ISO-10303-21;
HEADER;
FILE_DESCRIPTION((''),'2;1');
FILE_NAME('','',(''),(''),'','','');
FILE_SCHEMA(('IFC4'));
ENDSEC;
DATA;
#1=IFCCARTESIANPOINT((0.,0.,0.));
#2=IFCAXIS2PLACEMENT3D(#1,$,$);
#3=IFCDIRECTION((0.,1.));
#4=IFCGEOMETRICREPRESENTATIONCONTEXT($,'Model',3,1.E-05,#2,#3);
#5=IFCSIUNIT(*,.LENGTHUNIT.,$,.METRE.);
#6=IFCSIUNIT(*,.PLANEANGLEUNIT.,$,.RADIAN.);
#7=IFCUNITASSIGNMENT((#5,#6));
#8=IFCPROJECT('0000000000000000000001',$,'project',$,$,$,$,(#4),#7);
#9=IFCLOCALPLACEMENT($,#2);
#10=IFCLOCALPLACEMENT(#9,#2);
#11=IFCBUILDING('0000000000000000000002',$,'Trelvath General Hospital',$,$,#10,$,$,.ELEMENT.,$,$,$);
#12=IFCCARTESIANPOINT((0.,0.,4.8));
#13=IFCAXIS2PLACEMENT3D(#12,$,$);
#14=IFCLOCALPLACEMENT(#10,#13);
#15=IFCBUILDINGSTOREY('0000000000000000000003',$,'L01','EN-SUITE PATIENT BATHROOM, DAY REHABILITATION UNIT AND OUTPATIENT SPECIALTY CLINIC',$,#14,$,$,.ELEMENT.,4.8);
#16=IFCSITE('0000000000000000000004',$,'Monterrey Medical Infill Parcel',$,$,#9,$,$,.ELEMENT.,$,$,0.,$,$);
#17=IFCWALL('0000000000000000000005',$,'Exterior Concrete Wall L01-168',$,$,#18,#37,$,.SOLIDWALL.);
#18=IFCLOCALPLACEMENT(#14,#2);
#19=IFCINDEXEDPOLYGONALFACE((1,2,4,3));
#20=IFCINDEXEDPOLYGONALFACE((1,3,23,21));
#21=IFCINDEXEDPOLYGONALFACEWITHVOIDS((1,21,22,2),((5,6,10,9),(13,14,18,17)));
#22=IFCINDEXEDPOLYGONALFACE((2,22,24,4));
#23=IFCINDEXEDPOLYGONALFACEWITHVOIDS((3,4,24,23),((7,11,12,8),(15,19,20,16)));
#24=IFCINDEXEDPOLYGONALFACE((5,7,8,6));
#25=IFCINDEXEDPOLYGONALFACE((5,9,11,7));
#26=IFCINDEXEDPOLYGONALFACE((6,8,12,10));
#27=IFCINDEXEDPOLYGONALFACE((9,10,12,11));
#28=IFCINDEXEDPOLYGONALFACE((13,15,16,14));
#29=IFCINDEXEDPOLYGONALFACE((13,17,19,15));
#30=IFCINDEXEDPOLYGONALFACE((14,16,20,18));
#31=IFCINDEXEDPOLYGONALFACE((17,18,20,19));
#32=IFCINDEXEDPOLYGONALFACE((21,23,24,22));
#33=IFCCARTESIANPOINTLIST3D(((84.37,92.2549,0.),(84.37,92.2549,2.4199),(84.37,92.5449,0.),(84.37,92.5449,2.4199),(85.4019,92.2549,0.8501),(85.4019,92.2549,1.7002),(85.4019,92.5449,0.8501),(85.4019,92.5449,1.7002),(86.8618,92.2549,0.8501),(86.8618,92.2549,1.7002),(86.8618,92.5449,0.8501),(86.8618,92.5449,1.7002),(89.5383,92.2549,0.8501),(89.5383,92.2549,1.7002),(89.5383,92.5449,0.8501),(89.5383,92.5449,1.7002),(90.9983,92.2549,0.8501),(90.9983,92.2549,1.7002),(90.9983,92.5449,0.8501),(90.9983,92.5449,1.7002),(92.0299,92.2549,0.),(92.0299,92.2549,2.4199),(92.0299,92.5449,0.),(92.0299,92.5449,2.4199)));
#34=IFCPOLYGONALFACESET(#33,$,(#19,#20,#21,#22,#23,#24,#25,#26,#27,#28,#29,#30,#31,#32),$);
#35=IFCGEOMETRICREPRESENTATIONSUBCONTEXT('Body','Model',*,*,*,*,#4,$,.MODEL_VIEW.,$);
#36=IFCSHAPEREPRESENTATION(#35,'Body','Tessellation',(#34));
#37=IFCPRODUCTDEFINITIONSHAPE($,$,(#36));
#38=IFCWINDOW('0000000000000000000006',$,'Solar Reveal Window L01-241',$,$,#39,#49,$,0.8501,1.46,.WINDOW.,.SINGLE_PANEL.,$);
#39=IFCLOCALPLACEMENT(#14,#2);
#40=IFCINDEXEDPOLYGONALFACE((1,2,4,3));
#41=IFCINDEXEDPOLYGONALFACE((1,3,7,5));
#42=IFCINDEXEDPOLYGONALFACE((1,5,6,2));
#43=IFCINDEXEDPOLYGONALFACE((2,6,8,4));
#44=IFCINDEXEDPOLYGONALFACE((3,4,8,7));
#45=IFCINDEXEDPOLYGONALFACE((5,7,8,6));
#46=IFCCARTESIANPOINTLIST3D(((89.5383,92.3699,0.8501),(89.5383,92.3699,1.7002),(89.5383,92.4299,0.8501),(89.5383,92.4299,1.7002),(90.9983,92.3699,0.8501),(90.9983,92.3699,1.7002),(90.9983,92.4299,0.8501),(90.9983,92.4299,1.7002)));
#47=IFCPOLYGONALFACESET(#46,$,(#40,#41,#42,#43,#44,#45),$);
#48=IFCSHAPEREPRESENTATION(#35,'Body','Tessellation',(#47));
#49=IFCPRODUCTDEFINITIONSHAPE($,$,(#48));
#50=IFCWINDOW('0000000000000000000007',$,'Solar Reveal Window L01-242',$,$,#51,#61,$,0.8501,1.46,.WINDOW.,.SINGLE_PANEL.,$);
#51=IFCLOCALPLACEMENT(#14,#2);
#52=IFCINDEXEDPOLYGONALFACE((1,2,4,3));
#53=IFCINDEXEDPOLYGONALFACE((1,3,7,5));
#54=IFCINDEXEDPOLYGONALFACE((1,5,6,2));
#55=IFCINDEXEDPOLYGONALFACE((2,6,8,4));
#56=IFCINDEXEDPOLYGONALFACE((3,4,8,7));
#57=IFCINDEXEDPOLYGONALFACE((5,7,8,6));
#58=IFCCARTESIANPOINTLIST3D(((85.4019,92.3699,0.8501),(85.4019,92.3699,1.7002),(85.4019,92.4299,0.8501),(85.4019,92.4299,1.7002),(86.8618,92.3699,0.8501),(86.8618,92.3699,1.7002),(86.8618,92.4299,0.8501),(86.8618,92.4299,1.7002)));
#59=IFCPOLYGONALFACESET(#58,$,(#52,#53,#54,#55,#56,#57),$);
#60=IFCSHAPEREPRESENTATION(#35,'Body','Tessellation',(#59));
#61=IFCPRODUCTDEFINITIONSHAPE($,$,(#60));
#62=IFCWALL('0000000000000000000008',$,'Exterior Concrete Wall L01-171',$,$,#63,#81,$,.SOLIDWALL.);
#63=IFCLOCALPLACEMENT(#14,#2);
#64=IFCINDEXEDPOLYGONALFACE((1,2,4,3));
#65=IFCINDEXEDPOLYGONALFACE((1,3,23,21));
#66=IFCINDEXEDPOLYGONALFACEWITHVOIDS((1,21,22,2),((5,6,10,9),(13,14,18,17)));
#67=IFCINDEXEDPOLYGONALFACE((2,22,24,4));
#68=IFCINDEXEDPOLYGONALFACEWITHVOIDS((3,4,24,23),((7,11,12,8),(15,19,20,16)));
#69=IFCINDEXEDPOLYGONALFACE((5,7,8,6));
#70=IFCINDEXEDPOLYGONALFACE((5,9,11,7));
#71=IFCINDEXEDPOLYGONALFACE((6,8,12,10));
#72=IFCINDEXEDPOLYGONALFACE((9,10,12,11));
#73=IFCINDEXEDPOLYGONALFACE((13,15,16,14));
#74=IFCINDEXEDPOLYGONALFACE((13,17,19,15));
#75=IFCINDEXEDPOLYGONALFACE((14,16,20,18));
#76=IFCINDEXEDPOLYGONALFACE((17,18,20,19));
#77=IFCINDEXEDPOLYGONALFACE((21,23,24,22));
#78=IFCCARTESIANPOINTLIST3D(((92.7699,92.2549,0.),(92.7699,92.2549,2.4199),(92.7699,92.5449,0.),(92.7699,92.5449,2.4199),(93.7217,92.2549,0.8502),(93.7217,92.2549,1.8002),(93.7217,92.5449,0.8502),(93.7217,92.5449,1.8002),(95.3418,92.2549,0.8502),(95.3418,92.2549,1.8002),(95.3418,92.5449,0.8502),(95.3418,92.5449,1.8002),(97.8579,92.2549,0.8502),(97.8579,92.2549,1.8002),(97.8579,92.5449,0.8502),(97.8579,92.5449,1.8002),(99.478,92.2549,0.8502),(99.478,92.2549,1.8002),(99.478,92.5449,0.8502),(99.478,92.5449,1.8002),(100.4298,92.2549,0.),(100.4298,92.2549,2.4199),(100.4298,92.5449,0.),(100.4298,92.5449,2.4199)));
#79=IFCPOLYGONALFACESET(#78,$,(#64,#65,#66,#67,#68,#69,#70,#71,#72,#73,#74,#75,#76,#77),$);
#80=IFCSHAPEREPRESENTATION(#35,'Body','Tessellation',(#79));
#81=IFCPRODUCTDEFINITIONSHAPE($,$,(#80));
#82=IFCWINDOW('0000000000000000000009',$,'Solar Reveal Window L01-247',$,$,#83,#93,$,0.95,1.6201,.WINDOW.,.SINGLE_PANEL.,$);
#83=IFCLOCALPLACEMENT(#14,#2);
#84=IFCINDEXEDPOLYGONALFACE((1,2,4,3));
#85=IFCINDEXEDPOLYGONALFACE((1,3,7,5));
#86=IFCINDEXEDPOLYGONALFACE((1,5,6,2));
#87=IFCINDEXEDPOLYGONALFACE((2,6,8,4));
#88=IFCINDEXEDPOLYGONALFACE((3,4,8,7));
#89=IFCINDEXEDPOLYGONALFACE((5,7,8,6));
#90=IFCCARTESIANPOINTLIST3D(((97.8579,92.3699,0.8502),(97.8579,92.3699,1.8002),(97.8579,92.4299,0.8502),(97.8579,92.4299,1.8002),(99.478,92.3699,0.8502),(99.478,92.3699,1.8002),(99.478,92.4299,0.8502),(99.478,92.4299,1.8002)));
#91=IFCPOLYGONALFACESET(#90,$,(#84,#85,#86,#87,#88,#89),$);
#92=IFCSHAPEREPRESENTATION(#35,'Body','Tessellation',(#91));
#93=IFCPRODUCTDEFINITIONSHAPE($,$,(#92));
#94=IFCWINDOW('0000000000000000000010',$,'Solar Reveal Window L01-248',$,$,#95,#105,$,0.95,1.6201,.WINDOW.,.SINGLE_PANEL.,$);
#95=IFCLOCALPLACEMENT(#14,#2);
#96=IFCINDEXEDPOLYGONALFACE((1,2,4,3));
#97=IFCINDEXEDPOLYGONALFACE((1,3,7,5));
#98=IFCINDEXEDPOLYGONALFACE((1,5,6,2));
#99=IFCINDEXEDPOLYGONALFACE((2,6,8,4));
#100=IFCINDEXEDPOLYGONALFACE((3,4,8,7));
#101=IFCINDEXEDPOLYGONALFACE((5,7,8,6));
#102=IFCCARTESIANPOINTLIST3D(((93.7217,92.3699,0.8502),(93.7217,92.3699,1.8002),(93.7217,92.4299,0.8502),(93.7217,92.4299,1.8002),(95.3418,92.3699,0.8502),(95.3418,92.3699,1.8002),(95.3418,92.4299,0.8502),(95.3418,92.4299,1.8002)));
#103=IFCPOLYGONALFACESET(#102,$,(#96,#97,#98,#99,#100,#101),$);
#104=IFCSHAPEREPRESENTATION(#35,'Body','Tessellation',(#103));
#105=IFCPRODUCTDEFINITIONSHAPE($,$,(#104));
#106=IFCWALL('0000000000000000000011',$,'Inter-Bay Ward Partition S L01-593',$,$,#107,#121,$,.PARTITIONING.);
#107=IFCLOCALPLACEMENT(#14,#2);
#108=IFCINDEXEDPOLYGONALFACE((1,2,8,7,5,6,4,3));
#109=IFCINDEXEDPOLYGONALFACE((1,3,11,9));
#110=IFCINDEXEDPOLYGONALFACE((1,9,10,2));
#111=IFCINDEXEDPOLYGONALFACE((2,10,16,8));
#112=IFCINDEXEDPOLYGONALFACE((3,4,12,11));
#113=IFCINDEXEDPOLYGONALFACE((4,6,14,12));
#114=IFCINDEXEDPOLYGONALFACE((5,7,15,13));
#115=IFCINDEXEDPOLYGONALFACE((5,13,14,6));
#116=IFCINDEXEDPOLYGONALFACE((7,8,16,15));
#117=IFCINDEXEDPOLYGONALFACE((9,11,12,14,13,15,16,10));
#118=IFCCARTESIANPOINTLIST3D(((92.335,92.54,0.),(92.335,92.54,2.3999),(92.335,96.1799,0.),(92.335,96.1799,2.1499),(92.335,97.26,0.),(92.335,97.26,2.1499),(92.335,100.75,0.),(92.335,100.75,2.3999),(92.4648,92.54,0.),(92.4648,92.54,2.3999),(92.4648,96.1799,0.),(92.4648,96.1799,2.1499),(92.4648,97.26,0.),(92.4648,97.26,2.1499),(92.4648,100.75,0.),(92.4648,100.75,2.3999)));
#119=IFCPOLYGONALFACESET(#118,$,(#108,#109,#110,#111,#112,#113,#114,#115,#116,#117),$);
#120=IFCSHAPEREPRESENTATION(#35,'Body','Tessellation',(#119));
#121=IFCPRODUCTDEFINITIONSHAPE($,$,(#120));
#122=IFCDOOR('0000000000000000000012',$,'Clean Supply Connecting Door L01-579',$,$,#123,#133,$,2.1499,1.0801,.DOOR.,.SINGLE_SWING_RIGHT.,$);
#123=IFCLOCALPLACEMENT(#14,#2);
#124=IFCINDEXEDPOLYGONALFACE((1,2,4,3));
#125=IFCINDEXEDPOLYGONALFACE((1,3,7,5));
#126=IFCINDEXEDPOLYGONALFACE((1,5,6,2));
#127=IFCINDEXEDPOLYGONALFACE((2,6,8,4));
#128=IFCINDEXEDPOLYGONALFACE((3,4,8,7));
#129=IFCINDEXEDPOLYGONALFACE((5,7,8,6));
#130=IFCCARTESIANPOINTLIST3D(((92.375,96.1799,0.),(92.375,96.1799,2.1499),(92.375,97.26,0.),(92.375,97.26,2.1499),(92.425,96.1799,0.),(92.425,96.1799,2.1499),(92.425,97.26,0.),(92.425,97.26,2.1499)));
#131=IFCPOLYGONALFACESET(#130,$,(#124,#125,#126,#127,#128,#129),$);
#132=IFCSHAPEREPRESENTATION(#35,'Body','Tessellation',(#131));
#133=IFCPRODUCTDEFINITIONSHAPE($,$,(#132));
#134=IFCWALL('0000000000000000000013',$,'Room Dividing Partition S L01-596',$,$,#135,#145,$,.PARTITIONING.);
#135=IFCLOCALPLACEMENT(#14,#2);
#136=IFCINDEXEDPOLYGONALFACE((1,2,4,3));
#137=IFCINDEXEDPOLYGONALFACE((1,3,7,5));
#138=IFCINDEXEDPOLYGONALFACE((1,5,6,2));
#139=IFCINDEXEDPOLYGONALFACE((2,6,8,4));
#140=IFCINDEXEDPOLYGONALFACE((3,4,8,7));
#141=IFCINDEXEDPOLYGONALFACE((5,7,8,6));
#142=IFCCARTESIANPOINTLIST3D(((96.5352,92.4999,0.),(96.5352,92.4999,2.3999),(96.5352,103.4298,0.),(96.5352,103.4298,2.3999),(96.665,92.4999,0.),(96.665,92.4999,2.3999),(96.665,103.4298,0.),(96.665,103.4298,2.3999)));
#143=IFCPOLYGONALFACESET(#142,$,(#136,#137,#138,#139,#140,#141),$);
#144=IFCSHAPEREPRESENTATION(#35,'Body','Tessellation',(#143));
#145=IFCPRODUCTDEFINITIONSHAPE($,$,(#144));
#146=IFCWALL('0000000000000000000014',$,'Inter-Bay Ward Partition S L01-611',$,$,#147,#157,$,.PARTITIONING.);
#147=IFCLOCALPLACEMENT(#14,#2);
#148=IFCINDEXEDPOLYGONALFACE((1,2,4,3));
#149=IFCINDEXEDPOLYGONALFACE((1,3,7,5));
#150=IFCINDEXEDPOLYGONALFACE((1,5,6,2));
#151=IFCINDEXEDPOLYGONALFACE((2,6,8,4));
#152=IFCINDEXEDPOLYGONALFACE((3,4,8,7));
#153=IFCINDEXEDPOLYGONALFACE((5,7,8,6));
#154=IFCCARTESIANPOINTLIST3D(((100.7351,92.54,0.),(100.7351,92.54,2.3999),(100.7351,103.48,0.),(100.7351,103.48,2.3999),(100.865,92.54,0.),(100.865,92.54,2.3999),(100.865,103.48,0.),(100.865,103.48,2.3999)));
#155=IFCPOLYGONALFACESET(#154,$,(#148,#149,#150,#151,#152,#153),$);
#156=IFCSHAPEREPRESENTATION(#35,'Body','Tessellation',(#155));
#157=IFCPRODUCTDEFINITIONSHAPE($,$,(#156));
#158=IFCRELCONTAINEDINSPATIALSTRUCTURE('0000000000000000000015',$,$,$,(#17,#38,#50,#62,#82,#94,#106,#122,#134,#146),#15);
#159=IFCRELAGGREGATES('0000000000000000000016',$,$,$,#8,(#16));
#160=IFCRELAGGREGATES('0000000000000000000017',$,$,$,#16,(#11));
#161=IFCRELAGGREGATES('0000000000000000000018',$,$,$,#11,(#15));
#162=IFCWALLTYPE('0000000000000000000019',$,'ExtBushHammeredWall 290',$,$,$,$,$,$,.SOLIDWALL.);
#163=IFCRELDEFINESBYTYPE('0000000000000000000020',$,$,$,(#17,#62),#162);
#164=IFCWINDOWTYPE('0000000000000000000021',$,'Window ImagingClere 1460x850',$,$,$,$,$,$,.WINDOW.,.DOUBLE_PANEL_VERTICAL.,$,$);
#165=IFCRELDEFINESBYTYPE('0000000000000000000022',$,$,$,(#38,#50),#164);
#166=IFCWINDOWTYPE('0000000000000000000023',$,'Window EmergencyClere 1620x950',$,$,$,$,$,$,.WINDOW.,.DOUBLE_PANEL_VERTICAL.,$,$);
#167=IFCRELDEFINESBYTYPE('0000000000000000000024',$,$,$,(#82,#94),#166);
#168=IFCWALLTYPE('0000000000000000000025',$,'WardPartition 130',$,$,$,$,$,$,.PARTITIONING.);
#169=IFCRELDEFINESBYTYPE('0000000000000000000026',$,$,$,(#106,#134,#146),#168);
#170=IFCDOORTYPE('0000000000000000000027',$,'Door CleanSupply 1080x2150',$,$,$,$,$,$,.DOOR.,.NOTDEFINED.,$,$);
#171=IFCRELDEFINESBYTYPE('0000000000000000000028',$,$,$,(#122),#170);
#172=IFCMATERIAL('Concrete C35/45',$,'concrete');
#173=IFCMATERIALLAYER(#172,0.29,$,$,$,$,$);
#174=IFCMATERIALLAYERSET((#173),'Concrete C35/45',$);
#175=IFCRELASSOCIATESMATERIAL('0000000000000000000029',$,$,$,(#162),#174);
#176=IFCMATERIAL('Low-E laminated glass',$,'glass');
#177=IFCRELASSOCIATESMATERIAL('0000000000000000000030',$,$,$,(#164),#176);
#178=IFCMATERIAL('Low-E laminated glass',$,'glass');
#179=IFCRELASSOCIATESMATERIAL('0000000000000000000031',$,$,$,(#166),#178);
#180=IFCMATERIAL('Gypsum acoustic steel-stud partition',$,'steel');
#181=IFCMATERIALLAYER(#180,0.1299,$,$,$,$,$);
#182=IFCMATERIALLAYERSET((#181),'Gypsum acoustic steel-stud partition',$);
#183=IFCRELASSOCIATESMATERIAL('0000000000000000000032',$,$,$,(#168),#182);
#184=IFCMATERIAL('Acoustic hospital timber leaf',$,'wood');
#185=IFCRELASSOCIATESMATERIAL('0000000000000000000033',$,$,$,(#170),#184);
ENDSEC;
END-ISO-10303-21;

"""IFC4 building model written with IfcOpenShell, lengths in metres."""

from ifc_helpers import new_model, si_unit, direction, frame, frame_2d, origin, place, context, subcontext, project, spatial, rectangle, extrude, material, layer, layer_set, type_object, element, fill, save


model = new_model("IFC4")

# Units and contexts
model_context = context("Model", 3, precision=1e-05, world=origin(), true_north=direction((0.0, 1.0)))
body_context = subcontext(model_context, "Body", "Model", "MODEL_VIEW")
ifc_project = project(units=[si_unit("LENGTHUNIT", "METRE"), si_unit("PLANEANGLEUNIT", "RADIAN")], contexts=[model_context])

# Site, building, storey
site_placement = place(None, origin())
site = spatial("IfcSite", under=ifc_project, at=site_placement, Name="Monterrey Medical Infill Parcel", CompositionType="ELEMENT", RefElevation=0.0)
building_placement = place(site_placement, origin())
building = spatial("IfcBuilding", under=site, at=building_placement, Name="Trelvath General Hospital", CompositionType="ELEMENT")
storey_placement = place(building_placement, frame((0.0, 0.0, 4.8)))
storey = spatial("IfcBuildingStorey", under=building, at=storey_placement, Name="L01", Description="EN-SUITE PATIENT BATHROOM, DAY REHABILITATION UNIT AND OUTPATIENT SPECIALTY CLINIC", CompositionType="ELEMENT", Elevation=4.8)

# Walls, openings, windows
ifc_material_1 = material(Name="Concrete C35/45", Category="concrete")
ifc_layer_1 = layer(ifc_material_1, 0.29)
ifc_layer_set_1 = layer_set([ifc_layer_1], Name="Concrete C35/45")
wall_type_1 = type_object("IfcWallType", Name="ExtBushHammeredWall 290", PredefinedType="SOLIDWALL", material=ifc_layer_set_1)
wall_1_placement = place(storey_placement, frame((92.03, 92.3999, 0.0), z_axis=(0.0, 0.0, 1.0), x_axis=(-1.0, 0.0, 0.0)))
wall_1 = element("IfcWall", 1, at=wall_1_placement, inside=storey, type_object=wall_type_1, Name="Exterior Concrete Wall L01-168", PredefinedType="SOLIDWALL", context=body_context, shape_type="SweptSolid", body=[
    extrude(rectangle(XDim=7.6599, YDim=0.29, at=frame_2d((3.8301, 0.0))), origin(), (0.0, 0.0, 1.0), 2.4199),
])
opening_1_placement = place(wall_1_placement, frame((1.0317, 0.0, 0.8501)))
opening_1 = element("IfcOpeningElement", 2, at=opening_1_placement, cuts=wall_1, PredefinedType="OPENING", context=body_context, shape_type="SweptSolid", body=[
    extrude(rectangle(XDim=1.46, YDim=0.8501, at=frame_2d((0.73, 0.425))), frame((0.0, 0.155, 0.0), z_axis=(0.0, -1.0, 0.0), x_axis=(1.0, 0.0, 0.0)), (0.0, 0.0, 1.0), 0.3101),
])
opening_2_placement = place(wall_1_placement, frame((5.1682, 0.0, 0.8501)))
opening_2 = element("IfcOpeningElement", 3, at=opening_2_placement, cuts=wall_1, PredefinedType="OPENING", context=body_context, shape_type="SweptSolid", body=[
    extrude(rectangle(XDim=1.46, YDim=0.8501, at=frame_2d((0.73, 0.425))), frame((0.0, 0.155, 0.0), z_axis=(0.0, -1.0, 0.0), x_axis=(1.0, 0.0, 0.0)), (0.0, 0.0, 1.0), 0.3101),
])
ifc_material_2 = material(Name="Low-E laminated glass", Category="glass")
window_type_1 = type_object("IfcWindowType", Name="Window ImagingClere 1460x850", PartitioningType="DOUBLE_PANEL_VERTICAL", PredefinedType="WINDOW", material=ifc_material_2)
window_1_placement = place(opening_1_placement, origin())
window_1 = element("IfcWindow", 4, at=window_1_placement, inside=storey, type_object=window_type_1, Name="Solar Reveal Window L01-241", OverallHeight=0.8501, OverallWidth=1.46, PartitioningType="SINGLE_PANEL", PredefinedType="WINDOW", context=body_context, shape_type="SweptSolid", body=[
    extrude(rectangle(XDim=1.46, YDim=0.8501, at=frame_2d((0.73, 0.425))), frame((0.0, 0.03, 0.0), z_axis=(0.0, -1.0, 0.0), x_axis=(1.0, 0.0, 0.0)), (0.0, 0.0, 1.0), 0.0601),
])
fill(opening_1, window_1)
window_2_placement = place(opening_2_placement, origin())
window_2 = element("IfcWindow", 5, at=window_2_placement, inside=storey, type_object=window_type_1, Name="Solar Reveal Window L01-242", OverallHeight=0.8501, OverallWidth=1.46, PartitioningType="SINGLE_PANEL", PredefinedType="WINDOW", context=body_context, shape_type="SweptSolid", body=[
    extrude(rectangle(XDim=1.46, YDim=0.8501, at=frame_2d((0.73, 0.425))), frame((0.0, 0.03, 0.0), z_axis=(0.0, -1.0, 0.0), x_axis=(1.0, 0.0, 0.0)), (0.0, 0.0, 1.0), 0.0601),
])
fill(opening_2, window_2)
wall_2_placement = place(storey_placement, frame((100.4299, 92.3999, 0.0), z_axis=(0.0, 0.0, 1.0), x_axis=(-1.0, 0.0, 0.0)))
wall_2 = element("IfcWall", 6, at=wall_2_placement, inside=storey, type_object=wall_type_1, Name="Exterior Concrete Wall L01-171", PredefinedType="SOLIDWALL", context=body_context, shape_type="SweptSolid", body=[
    extrude(rectangle(XDim=7.6599, YDim=0.29, at=frame_2d((3.8301, 0.0))), origin(), (0.0, 0.0, 1.0), 2.4199),
])
opening_3_placement = place(wall_2_placement, frame((0.9519, 0.0, 0.8501)))
opening_3 = element("IfcOpeningElement", 7, at=opening_3_placement, cuts=wall_2, PredefinedType="OPENING", context=body_context, shape_type="SweptSolid", body=[
    extrude(rectangle(XDim=1.6201, YDim=0.95, at=frame_2d((0.8101, 0.4751))), frame((0.0, 0.155, 0.0), z_axis=(0.0, -1.0, 0.0), x_axis=(1.0, 0.0, 0.0)), (0.0, 0.0, 1.0), 0.3101),
])
opening_4_placement = place(wall_2_placement, frame((5.0881, 0.0, 0.8501)))
opening_4 = element("IfcOpeningElement", 8, at=opening_4_placement, cuts=wall_2, PredefinedType="OPENING", context=body_context, shape_type="SweptSolid", body=[
    extrude(rectangle(XDim=1.6201, YDim=0.95, at=frame_2d((0.8101, 0.4751))), frame((0.0, 0.155, 0.0), z_axis=(0.0, -1.0, 0.0), x_axis=(1.0, 0.0, 0.0)), (0.0, 0.0, 1.0), 0.3101),
])
ifc_material_3 = material(Name="Low-E laminated glass", Category="glass")
window_type_2 = type_object("IfcWindowType", Name="Window EmergencyClere 1620x950", PartitioningType="DOUBLE_PANEL_VERTICAL", PredefinedType="WINDOW", material=ifc_material_3)
window_3_placement = place(opening_3_placement, origin())
window_3 = element("IfcWindow", 9, at=window_3_placement, inside=storey, type_object=window_type_2, Name="Solar Reveal Window L01-247", OverallHeight=0.95, OverallWidth=1.6201, PartitioningType="SINGLE_PANEL", PredefinedType="WINDOW", context=body_context, shape_type="SweptSolid", body=[
    extrude(rectangle(XDim=1.6201, YDim=0.95, at=frame_2d((0.8101, 0.4751))), frame((0.0, 0.03, 0.0), z_axis=(0.0, -1.0, 0.0), x_axis=(1.0, 0.0, 0.0)), (0.0, 0.0, 1.0), 0.0601),
])
fill(opening_3, window_3)
window_4_placement = place(opening_4_placement, origin())
window_4 = element("IfcWindow", 10, at=window_4_placement, inside=storey, type_object=window_type_2, Name="Solar Reveal Window L01-248", OverallHeight=0.95, OverallWidth=1.6201, PartitioningType="SINGLE_PANEL", PredefinedType="WINDOW", context=body_context, shape_type="SweptSolid", body=[
    extrude(rectangle(XDim=1.6201, YDim=0.95, at=frame_2d((0.8101, 0.4751))), frame((0.0, 0.03, 0.0), z_axis=(0.0, -1.0, 0.0), x_axis=(1.0, 0.0, 0.0)), (0.0, 0.0, 1.0), 0.0601),
])
fill(opening_4, window_4)

# Wall, opening, door
ifc_material_4 = material(Name="Gypsum acoustic steel-stud partition", Category="steel")
ifc_layer_2 = layer(ifc_material_4, 0.1299)
ifc_layer_set_2 = layer_set([ifc_layer_2], Name="Gypsum acoustic steel-stud partition")
wall_type_2 = type_object("IfcWallType", Name="WardPartition 130", PredefinedType="PARTITIONING", material=ifc_layer_set_2)
wall_3_placement = place(storey_placement, frame((92.3999, 92.54, 0.0), z_axis=(0.0, 0.0, 1.0), x_axis=(0.0, 1.0, 0.0)))
wall_3 = element("IfcWall", 11, at=wall_3_placement, inside=storey, type_object=wall_type_2, Name="Inter-Bay Ward Partition S L01-593", PredefinedType="PARTITIONING", context=body_context, shape_type="SweptSolid", body=[
    extrude(rectangle(XDim=8.21, YDim=0.1299, at=frame_2d((4.105, 0.0))), origin(), (0.0, 0.0, 1.0), 2.3999),
])
opening_5_placement = place(wall_3_placement, frame((3.6399, 0.0, 0.0)))
opening_5 = element("IfcOpeningElement", 12, at=opening_5_placement, cuts=wall_3, PredefinedType="OPENING", context=body_context, shape_type="SweptSolid", body=[
    extrude(rectangle(XDim=1.0801, YDim=2.1499, at=frame_2d((0.54, 1.075))), frame((0.0, 0.075, 0.0), z_axis=(0.0, -1.0, 0.0), x_axis=(1.0, 0.0, 0.0)), (0.0, 0.0, 1.0), 0.1499),
])
ifc_material_5 = material(Name="Acoustic hospital timber leaf", Category="wood")
door_type = type_object("IfcDoorType", Name="Door CleanSupply 1080x2150", OperationType="NOTDEFINED", PredefinedType="DOOR", material=ifc_material_5)
door_placement = place(opening_5_placement, origin())
door = element("IfcDoor", 13, at=door_placement, inside=storey, type_object=door_type, Name="Clean Supply Connecting Door L01-579", OperationType="SINGLE_SWING_RIGHT", OverallHeight=2.1499, OverallWidth=1.0801, PredefinedType="DOOR", context=body_context, shape_type="SweptSolid", body=[
    extrude(rectangle(XDim=1.0801, YDim=2.1499, at=frame_2d((0.54, 1.075))), frame((0.0, 0.0249, 0.0), z_axis=(0.0, -1.0, 0.0), x_axis=(1.0, 0.0, 0.0)), (0.0, 0.0, 1.0), 0.05),
])
fill(opening_5, door)

# Walls
wall_4_placement = place(storey_placement, frame((96.6001, 92.5, 0.0), z_axis=(0.0, 0.0, 1.0), x_axis=(0.0, 1.0, 0.0)))
element("IfcWall", 14, at=wall_4_placement, inside=storey, type_object=wall_type_2, Name="Room Dividing Partition S L01-596", PredefinedType="PARTITIONING", context=body_context, shape_type="SweptSolid", body=[
    extrude(rectangle(XDim=10.9299, YDim=0.1299, at=frame_2d((5.4648, 0.0))), origin(), (0.0, 0.0, 1.0), 2.3999),
])
wall_5_placement = place(storey_placement, frame((100.8, 92.54, 0.0), z_axis=(0.0, 0.0, 1.0), x_axis=(0.0, 1.0, 0.0)))
element("IfcWall", 15, at=wall_5_placement, inside=storey, type_object=wall_type_2, Name="Inter-Bay Ward Partition S L01-611", PredefinedType="PARTITIONING", context=body_context, shape_type="SweptSolid", body=[
    extrude(rectangle(XDim=10.9399, YDim=0.1299, at=frame_2d((5.47, 0.0))), origin(), (0.0, 0.0, 1.0), 2.3999),
])

save(model, "model.ifc")
